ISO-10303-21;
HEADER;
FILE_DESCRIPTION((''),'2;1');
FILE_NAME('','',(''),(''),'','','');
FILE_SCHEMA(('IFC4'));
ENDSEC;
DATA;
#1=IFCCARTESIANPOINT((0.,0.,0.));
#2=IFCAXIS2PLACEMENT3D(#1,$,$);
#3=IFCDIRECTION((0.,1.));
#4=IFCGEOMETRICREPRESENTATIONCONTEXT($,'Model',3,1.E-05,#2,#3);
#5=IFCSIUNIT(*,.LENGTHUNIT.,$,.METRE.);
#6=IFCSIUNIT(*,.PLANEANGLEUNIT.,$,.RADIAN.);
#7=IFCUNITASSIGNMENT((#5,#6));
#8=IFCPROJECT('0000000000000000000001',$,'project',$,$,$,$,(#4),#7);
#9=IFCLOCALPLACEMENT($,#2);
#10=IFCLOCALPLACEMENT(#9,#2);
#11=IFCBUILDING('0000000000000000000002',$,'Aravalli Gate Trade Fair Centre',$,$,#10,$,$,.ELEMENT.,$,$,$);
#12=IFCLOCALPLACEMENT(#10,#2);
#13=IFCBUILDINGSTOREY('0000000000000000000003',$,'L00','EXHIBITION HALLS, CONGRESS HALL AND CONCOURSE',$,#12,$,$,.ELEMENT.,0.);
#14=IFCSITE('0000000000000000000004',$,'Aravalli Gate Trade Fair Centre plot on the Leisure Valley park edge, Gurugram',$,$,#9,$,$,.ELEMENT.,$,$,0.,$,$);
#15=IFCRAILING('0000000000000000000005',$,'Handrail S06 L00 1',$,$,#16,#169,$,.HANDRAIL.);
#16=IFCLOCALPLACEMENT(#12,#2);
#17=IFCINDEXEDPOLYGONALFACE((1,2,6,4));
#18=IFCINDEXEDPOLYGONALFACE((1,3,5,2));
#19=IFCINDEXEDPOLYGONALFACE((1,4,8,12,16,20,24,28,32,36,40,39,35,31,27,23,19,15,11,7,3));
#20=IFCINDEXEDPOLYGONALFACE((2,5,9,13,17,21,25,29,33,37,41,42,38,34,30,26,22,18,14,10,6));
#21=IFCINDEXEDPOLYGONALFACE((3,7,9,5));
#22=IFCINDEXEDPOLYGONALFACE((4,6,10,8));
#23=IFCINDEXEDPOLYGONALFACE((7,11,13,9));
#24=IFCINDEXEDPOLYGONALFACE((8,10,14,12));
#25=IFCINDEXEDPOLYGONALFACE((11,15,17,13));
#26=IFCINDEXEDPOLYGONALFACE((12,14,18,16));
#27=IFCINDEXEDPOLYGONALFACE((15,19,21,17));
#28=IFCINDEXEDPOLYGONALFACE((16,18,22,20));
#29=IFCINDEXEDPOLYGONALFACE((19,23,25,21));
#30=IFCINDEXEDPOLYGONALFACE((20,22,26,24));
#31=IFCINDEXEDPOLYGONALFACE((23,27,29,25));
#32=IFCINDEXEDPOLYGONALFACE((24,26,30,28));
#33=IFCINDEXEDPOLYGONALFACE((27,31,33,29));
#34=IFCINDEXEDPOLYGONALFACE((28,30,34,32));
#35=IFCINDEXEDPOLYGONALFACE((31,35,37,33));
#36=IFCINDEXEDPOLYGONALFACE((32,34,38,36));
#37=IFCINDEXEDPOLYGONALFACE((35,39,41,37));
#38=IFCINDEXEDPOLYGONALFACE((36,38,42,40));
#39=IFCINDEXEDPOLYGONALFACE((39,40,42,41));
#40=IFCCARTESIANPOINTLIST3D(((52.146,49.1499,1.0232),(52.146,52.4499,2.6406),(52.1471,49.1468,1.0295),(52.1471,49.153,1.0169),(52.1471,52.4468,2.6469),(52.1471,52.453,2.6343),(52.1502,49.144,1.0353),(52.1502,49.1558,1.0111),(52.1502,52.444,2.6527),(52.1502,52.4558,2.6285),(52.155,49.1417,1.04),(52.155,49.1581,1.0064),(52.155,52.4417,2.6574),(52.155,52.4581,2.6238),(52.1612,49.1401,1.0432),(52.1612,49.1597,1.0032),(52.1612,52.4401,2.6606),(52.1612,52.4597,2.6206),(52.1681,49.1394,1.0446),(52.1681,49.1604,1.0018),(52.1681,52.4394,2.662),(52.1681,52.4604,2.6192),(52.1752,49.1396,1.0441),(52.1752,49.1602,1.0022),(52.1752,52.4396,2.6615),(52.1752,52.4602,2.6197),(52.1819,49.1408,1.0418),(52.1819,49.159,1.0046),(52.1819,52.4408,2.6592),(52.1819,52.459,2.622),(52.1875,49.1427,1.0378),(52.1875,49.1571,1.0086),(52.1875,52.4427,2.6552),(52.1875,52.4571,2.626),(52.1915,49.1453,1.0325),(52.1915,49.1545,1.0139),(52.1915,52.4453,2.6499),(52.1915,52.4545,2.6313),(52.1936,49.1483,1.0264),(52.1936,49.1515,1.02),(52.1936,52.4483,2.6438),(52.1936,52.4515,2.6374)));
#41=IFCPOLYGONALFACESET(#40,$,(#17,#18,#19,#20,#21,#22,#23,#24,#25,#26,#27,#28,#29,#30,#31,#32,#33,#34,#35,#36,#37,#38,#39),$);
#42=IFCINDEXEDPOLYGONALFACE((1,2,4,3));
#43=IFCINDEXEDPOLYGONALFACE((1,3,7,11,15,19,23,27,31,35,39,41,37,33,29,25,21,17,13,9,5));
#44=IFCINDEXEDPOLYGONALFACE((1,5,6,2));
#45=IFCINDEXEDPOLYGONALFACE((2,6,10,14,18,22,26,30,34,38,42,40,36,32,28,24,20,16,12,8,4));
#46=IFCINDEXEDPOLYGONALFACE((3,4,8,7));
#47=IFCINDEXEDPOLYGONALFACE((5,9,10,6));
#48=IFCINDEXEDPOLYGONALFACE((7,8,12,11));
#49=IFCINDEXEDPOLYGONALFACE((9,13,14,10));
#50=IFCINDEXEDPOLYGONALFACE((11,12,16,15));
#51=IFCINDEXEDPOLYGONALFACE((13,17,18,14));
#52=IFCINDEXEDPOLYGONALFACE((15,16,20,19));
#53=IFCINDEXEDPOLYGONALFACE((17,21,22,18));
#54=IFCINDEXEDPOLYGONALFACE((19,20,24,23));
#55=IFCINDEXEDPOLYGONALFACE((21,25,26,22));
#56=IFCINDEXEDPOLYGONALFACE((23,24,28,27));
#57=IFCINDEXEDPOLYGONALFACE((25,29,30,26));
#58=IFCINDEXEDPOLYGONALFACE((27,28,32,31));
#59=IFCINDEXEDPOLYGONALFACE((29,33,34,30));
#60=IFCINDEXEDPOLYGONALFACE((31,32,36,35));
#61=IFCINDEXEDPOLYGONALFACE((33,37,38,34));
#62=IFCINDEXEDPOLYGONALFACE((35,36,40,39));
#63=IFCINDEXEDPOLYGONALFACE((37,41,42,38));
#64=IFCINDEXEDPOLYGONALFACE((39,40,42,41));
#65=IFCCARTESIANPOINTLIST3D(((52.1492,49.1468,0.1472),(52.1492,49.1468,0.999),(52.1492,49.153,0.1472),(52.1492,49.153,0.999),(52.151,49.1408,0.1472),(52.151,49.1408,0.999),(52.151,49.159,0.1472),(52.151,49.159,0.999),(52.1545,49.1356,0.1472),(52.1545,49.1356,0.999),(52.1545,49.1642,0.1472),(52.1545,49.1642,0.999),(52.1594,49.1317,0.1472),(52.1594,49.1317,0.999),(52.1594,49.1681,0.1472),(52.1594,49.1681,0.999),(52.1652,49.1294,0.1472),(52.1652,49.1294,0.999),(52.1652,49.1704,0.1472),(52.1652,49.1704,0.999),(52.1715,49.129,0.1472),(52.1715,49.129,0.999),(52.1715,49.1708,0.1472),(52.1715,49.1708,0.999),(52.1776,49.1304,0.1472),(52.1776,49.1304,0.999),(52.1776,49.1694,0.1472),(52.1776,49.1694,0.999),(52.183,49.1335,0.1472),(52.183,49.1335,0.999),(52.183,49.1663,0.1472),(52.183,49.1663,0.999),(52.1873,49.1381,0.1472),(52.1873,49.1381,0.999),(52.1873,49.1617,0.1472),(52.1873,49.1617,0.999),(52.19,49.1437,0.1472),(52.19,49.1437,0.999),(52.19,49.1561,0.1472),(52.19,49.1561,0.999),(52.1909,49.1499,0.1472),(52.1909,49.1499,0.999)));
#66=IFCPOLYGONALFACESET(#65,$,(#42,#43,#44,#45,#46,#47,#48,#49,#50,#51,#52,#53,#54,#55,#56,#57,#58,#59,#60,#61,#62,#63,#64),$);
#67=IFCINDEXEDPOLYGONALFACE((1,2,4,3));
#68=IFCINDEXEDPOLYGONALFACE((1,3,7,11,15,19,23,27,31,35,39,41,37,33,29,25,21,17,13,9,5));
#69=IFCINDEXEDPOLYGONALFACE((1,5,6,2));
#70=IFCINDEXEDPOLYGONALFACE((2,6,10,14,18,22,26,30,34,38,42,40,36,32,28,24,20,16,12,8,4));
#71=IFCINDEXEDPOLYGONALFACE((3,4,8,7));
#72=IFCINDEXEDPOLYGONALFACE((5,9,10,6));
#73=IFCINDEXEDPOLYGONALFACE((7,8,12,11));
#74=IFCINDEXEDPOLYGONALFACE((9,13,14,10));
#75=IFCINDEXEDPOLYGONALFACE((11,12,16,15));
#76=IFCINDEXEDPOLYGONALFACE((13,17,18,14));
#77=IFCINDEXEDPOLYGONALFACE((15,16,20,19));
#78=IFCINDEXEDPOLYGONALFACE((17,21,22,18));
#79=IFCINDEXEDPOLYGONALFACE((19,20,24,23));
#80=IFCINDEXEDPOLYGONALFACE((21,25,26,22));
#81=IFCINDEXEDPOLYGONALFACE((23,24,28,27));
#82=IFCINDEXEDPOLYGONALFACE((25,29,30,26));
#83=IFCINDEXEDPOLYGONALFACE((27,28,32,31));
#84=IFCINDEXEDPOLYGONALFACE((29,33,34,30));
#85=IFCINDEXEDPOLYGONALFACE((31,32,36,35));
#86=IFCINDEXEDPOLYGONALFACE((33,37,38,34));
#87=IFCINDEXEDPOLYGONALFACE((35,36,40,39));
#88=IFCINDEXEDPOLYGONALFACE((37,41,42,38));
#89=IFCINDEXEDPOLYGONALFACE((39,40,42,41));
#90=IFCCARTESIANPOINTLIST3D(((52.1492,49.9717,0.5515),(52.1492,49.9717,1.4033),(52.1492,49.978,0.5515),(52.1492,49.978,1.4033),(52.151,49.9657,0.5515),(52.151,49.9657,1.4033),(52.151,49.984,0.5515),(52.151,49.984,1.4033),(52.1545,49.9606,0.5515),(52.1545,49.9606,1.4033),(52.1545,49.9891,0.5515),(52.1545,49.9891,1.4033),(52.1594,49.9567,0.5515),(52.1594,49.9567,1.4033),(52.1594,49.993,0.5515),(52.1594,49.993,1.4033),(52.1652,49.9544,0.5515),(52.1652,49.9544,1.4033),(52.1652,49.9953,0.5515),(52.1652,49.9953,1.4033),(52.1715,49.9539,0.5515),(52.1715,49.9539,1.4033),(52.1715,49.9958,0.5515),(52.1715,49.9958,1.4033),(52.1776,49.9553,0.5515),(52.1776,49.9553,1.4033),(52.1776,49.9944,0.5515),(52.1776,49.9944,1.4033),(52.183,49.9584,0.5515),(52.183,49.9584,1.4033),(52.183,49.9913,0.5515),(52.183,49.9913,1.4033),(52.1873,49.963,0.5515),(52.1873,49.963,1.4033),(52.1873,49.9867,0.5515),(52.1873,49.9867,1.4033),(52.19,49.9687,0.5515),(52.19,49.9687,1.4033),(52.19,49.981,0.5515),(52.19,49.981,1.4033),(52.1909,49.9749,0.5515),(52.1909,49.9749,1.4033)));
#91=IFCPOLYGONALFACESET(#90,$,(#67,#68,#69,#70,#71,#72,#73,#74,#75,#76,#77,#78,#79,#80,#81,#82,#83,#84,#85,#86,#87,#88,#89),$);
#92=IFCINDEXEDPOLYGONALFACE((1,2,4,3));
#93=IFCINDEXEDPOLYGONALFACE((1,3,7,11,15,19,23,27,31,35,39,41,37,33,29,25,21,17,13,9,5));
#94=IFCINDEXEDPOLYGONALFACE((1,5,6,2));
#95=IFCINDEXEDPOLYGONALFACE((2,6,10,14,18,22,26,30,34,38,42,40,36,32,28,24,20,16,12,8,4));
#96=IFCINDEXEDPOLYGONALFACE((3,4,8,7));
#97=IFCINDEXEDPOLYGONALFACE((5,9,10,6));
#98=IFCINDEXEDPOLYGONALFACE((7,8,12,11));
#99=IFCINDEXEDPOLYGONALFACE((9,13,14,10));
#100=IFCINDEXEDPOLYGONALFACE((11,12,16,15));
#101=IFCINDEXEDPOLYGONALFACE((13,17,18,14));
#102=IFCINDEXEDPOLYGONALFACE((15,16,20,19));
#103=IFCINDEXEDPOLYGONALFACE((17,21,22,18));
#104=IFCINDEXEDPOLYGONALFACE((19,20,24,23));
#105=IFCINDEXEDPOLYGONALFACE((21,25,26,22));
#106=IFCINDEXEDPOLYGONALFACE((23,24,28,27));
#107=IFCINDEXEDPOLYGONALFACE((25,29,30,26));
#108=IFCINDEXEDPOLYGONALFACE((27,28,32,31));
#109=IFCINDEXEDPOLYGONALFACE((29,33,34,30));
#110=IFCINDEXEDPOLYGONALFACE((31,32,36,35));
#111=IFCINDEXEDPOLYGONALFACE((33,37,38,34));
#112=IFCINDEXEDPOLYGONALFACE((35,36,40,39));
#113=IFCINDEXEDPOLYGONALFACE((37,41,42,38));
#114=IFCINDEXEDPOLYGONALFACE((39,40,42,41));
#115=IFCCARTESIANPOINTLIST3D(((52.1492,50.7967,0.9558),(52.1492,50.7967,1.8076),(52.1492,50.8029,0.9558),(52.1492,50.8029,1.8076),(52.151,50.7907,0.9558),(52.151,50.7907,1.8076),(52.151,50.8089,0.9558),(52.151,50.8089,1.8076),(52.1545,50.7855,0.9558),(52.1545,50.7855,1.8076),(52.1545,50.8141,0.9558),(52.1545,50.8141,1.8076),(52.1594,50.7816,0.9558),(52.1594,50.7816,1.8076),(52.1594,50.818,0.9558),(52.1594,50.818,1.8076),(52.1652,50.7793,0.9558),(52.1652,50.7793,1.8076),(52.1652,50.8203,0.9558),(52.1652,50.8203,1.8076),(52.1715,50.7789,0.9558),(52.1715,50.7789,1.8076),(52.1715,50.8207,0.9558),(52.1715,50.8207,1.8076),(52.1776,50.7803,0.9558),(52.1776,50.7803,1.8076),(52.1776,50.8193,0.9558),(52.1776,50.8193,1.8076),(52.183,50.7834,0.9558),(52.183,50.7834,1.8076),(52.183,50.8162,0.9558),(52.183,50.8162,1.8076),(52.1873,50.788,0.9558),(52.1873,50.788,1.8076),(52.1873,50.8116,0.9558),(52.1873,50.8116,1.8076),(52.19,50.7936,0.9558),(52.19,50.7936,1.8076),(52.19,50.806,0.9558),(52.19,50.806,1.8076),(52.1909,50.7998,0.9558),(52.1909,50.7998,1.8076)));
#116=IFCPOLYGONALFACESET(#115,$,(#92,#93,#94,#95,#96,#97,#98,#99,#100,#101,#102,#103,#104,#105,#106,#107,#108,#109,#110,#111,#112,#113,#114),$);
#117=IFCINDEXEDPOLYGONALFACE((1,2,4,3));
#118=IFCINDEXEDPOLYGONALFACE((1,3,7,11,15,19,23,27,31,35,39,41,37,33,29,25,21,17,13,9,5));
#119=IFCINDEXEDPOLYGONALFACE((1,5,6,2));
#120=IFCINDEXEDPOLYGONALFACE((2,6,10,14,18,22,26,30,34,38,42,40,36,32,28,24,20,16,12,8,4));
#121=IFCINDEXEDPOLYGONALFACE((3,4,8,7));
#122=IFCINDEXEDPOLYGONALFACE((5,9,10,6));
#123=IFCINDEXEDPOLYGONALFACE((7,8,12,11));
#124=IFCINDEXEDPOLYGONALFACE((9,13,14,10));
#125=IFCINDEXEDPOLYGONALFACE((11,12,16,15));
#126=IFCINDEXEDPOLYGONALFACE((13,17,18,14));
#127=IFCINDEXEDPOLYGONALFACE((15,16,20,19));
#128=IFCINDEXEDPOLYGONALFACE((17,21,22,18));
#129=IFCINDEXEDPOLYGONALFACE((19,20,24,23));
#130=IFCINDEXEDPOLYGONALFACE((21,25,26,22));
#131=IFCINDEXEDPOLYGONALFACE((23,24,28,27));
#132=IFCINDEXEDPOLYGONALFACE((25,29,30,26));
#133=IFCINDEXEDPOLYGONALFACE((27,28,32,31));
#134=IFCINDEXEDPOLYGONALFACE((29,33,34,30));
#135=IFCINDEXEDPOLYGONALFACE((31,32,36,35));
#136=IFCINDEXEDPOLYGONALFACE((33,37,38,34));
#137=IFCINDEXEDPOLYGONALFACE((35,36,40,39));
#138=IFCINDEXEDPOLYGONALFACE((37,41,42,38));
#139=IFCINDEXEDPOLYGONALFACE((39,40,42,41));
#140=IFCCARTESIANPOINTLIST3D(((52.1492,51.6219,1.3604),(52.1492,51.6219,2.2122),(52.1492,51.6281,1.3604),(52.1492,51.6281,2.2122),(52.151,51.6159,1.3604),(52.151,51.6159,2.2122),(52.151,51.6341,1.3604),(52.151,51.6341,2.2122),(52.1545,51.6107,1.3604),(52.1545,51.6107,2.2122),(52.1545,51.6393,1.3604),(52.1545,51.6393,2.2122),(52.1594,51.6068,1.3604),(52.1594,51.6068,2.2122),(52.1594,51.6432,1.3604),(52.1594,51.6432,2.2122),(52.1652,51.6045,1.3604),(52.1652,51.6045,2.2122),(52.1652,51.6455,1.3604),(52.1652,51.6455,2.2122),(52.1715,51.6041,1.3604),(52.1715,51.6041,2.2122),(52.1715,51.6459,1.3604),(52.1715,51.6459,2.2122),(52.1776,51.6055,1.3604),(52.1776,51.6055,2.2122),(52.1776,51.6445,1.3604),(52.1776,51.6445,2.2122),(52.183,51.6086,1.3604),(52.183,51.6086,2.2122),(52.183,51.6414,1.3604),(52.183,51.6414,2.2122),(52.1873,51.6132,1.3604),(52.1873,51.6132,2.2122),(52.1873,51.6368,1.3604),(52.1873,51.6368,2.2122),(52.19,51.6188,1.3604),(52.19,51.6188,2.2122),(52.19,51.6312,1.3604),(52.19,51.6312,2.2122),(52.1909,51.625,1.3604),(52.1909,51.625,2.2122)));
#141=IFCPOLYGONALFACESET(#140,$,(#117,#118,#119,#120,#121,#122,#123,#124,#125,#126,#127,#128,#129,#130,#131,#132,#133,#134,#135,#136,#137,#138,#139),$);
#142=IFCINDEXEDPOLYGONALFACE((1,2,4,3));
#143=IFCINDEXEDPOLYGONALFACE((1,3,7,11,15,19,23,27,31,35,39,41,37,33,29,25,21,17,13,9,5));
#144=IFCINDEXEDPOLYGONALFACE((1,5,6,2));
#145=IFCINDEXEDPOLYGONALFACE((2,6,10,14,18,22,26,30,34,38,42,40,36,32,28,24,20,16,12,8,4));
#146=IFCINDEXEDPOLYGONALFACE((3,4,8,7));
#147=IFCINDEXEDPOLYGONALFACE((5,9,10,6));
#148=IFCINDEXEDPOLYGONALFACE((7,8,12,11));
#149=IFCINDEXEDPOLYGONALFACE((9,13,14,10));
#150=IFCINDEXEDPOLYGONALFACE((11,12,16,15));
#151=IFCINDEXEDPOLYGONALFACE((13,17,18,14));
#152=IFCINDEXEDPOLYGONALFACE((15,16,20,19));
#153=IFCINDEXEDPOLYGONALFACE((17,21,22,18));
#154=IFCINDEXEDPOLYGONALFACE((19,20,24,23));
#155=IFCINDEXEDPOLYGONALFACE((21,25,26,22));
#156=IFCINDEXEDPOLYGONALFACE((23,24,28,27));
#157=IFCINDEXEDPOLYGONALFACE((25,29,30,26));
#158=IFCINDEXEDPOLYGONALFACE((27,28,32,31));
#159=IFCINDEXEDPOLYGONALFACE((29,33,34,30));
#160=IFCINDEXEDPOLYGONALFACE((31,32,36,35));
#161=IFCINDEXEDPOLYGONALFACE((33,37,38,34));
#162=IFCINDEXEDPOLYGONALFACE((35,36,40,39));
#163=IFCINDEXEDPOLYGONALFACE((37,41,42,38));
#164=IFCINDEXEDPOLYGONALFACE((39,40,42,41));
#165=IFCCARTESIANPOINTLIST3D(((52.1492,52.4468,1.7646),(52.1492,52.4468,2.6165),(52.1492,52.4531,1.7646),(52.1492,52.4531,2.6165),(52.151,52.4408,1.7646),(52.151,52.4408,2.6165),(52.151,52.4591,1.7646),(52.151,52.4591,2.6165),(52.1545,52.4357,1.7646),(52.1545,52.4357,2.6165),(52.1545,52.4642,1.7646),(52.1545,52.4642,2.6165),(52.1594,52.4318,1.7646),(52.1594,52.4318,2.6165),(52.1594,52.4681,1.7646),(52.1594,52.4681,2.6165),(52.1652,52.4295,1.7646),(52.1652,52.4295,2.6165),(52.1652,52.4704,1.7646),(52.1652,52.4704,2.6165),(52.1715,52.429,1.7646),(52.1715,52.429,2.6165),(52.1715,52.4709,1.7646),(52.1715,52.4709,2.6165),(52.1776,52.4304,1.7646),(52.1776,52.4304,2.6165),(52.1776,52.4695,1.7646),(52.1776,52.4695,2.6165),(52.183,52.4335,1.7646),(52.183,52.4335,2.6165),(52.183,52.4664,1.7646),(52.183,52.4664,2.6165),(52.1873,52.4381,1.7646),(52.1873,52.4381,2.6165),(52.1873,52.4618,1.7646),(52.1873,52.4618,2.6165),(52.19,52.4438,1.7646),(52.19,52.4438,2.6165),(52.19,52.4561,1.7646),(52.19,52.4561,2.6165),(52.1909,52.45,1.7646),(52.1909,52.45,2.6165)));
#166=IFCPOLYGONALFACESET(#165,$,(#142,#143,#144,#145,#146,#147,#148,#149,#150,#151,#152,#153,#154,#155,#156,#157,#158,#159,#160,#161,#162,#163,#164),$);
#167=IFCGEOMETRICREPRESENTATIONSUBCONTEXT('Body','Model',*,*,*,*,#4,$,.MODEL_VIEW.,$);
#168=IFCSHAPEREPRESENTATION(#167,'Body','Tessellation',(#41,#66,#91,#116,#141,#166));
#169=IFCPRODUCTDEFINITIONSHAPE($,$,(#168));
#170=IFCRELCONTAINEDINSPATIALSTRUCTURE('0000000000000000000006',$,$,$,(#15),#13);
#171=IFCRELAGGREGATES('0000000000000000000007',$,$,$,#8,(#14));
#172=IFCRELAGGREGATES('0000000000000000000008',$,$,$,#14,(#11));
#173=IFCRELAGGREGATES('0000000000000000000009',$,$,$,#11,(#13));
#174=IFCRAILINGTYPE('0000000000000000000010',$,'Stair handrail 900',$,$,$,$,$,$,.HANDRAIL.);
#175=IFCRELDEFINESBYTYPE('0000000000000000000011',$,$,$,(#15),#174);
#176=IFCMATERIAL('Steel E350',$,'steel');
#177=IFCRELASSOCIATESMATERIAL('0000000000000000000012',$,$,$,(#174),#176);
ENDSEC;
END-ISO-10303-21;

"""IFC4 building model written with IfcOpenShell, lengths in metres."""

from ifc_helpers import new_model, si_unit, direction, frame, origin, origin_2d, place, context, subcontext, project, spatial, circle, extrude, material, type_object, element, save


model = new_model("IFC4")

# Units and contexts
model_context = context("Model", 3, precision=1e-05, world=origin(), true_north=direction((0.0, 1.0)))
body_context = subcontext(model_context, "Body", "Model", "MODEL_VIEW")
ifc_project = project(units=[si_unit("LENGTHUNIT", "METRE"), si_unit("PLANEANGLEUNIT", "RADIAN")], contexts=[model_context])

# Site, building, storey
site_placement = place(None, origin())
site = spatial("IfcSite", under=ifc_project, at=site_placement, Name="Aravalli Gate Trade Fair Centre plot on the Leisure Valley park edge, Gurugram", CompositionType="ELEMENT", RefElevation=0.0)
building_placement = place(site_placement, origin())
building = spatial("IfcBuilding", under=site, at=building_placement, Name="Aravalli Gate Trade Fair Centre", CompositionType="ELEMENT")
storey_placement = place(building_placement, origin())
storey = spatial("IfcBuildingStorey", under=building, at=storey_placement, Name="L00", Description="EXHIBITION HALLS, CONGRESS HALL AND CONCOURSE", CompositionType="ELEMENT", Elevation=0.0)

# Railing
ifc_material_1 = material(Name="Steel E350", Category="steel")
railing_type = type_object("IfcRailingType", Name="Stair handrail 900", PredefinedType="HANDRAIL", material=ifc_material_1)
railing_placement = place(storey_placement, frame((52.1699, 49.1499, 0.1472)))
element("IfcRailing", 1, at=railing_placement, inside=storey, type_object=railing_type, Name="Handrail S06 L00 1", PredefinedType="HANDRAIL", context=body_context, shape_type="SweptSolid", body=[
    extrude(circle(Radius=0.0239, at=origin_2d()), frame((0.0, 0.0, 0.876), z_axis=(0.0, 0.897946, 0.440105), x_axis=(-1.0, 0.0, 0.0)), (0.0, 0.0, 1.0), 3.675),
    extrude(circle(Radius=0.021, at=origin_2d()), origin(), (0.0, 0.0, 1.0), 0.8518),
    extrude(circle(Radius=0.021, at=origin_2d()), frame((0.0, 0.825, 0.4043)), (0.0, 0.0, 1.0), 0.8518),
    extrude(circle(Radius=0.021, at=origin_2d()), frame((0.0, 1.6499, 0.8086)), (0.0, 0.0, 1.0), 0.8518),
    extrude(circle(Radius=0.021, at=origin_2d()), frame((0.0, 2.4751, 1.2131)), (0.0, 0.0, 1.0), 0.8518),
    extrude(circle(Radius=0.021, at=origin_2d()), frame((0.0, 3.3, 1.6174)), (0.0, 0.0, 1.0), 0.8518),
])

save(model, "model.ifc")
